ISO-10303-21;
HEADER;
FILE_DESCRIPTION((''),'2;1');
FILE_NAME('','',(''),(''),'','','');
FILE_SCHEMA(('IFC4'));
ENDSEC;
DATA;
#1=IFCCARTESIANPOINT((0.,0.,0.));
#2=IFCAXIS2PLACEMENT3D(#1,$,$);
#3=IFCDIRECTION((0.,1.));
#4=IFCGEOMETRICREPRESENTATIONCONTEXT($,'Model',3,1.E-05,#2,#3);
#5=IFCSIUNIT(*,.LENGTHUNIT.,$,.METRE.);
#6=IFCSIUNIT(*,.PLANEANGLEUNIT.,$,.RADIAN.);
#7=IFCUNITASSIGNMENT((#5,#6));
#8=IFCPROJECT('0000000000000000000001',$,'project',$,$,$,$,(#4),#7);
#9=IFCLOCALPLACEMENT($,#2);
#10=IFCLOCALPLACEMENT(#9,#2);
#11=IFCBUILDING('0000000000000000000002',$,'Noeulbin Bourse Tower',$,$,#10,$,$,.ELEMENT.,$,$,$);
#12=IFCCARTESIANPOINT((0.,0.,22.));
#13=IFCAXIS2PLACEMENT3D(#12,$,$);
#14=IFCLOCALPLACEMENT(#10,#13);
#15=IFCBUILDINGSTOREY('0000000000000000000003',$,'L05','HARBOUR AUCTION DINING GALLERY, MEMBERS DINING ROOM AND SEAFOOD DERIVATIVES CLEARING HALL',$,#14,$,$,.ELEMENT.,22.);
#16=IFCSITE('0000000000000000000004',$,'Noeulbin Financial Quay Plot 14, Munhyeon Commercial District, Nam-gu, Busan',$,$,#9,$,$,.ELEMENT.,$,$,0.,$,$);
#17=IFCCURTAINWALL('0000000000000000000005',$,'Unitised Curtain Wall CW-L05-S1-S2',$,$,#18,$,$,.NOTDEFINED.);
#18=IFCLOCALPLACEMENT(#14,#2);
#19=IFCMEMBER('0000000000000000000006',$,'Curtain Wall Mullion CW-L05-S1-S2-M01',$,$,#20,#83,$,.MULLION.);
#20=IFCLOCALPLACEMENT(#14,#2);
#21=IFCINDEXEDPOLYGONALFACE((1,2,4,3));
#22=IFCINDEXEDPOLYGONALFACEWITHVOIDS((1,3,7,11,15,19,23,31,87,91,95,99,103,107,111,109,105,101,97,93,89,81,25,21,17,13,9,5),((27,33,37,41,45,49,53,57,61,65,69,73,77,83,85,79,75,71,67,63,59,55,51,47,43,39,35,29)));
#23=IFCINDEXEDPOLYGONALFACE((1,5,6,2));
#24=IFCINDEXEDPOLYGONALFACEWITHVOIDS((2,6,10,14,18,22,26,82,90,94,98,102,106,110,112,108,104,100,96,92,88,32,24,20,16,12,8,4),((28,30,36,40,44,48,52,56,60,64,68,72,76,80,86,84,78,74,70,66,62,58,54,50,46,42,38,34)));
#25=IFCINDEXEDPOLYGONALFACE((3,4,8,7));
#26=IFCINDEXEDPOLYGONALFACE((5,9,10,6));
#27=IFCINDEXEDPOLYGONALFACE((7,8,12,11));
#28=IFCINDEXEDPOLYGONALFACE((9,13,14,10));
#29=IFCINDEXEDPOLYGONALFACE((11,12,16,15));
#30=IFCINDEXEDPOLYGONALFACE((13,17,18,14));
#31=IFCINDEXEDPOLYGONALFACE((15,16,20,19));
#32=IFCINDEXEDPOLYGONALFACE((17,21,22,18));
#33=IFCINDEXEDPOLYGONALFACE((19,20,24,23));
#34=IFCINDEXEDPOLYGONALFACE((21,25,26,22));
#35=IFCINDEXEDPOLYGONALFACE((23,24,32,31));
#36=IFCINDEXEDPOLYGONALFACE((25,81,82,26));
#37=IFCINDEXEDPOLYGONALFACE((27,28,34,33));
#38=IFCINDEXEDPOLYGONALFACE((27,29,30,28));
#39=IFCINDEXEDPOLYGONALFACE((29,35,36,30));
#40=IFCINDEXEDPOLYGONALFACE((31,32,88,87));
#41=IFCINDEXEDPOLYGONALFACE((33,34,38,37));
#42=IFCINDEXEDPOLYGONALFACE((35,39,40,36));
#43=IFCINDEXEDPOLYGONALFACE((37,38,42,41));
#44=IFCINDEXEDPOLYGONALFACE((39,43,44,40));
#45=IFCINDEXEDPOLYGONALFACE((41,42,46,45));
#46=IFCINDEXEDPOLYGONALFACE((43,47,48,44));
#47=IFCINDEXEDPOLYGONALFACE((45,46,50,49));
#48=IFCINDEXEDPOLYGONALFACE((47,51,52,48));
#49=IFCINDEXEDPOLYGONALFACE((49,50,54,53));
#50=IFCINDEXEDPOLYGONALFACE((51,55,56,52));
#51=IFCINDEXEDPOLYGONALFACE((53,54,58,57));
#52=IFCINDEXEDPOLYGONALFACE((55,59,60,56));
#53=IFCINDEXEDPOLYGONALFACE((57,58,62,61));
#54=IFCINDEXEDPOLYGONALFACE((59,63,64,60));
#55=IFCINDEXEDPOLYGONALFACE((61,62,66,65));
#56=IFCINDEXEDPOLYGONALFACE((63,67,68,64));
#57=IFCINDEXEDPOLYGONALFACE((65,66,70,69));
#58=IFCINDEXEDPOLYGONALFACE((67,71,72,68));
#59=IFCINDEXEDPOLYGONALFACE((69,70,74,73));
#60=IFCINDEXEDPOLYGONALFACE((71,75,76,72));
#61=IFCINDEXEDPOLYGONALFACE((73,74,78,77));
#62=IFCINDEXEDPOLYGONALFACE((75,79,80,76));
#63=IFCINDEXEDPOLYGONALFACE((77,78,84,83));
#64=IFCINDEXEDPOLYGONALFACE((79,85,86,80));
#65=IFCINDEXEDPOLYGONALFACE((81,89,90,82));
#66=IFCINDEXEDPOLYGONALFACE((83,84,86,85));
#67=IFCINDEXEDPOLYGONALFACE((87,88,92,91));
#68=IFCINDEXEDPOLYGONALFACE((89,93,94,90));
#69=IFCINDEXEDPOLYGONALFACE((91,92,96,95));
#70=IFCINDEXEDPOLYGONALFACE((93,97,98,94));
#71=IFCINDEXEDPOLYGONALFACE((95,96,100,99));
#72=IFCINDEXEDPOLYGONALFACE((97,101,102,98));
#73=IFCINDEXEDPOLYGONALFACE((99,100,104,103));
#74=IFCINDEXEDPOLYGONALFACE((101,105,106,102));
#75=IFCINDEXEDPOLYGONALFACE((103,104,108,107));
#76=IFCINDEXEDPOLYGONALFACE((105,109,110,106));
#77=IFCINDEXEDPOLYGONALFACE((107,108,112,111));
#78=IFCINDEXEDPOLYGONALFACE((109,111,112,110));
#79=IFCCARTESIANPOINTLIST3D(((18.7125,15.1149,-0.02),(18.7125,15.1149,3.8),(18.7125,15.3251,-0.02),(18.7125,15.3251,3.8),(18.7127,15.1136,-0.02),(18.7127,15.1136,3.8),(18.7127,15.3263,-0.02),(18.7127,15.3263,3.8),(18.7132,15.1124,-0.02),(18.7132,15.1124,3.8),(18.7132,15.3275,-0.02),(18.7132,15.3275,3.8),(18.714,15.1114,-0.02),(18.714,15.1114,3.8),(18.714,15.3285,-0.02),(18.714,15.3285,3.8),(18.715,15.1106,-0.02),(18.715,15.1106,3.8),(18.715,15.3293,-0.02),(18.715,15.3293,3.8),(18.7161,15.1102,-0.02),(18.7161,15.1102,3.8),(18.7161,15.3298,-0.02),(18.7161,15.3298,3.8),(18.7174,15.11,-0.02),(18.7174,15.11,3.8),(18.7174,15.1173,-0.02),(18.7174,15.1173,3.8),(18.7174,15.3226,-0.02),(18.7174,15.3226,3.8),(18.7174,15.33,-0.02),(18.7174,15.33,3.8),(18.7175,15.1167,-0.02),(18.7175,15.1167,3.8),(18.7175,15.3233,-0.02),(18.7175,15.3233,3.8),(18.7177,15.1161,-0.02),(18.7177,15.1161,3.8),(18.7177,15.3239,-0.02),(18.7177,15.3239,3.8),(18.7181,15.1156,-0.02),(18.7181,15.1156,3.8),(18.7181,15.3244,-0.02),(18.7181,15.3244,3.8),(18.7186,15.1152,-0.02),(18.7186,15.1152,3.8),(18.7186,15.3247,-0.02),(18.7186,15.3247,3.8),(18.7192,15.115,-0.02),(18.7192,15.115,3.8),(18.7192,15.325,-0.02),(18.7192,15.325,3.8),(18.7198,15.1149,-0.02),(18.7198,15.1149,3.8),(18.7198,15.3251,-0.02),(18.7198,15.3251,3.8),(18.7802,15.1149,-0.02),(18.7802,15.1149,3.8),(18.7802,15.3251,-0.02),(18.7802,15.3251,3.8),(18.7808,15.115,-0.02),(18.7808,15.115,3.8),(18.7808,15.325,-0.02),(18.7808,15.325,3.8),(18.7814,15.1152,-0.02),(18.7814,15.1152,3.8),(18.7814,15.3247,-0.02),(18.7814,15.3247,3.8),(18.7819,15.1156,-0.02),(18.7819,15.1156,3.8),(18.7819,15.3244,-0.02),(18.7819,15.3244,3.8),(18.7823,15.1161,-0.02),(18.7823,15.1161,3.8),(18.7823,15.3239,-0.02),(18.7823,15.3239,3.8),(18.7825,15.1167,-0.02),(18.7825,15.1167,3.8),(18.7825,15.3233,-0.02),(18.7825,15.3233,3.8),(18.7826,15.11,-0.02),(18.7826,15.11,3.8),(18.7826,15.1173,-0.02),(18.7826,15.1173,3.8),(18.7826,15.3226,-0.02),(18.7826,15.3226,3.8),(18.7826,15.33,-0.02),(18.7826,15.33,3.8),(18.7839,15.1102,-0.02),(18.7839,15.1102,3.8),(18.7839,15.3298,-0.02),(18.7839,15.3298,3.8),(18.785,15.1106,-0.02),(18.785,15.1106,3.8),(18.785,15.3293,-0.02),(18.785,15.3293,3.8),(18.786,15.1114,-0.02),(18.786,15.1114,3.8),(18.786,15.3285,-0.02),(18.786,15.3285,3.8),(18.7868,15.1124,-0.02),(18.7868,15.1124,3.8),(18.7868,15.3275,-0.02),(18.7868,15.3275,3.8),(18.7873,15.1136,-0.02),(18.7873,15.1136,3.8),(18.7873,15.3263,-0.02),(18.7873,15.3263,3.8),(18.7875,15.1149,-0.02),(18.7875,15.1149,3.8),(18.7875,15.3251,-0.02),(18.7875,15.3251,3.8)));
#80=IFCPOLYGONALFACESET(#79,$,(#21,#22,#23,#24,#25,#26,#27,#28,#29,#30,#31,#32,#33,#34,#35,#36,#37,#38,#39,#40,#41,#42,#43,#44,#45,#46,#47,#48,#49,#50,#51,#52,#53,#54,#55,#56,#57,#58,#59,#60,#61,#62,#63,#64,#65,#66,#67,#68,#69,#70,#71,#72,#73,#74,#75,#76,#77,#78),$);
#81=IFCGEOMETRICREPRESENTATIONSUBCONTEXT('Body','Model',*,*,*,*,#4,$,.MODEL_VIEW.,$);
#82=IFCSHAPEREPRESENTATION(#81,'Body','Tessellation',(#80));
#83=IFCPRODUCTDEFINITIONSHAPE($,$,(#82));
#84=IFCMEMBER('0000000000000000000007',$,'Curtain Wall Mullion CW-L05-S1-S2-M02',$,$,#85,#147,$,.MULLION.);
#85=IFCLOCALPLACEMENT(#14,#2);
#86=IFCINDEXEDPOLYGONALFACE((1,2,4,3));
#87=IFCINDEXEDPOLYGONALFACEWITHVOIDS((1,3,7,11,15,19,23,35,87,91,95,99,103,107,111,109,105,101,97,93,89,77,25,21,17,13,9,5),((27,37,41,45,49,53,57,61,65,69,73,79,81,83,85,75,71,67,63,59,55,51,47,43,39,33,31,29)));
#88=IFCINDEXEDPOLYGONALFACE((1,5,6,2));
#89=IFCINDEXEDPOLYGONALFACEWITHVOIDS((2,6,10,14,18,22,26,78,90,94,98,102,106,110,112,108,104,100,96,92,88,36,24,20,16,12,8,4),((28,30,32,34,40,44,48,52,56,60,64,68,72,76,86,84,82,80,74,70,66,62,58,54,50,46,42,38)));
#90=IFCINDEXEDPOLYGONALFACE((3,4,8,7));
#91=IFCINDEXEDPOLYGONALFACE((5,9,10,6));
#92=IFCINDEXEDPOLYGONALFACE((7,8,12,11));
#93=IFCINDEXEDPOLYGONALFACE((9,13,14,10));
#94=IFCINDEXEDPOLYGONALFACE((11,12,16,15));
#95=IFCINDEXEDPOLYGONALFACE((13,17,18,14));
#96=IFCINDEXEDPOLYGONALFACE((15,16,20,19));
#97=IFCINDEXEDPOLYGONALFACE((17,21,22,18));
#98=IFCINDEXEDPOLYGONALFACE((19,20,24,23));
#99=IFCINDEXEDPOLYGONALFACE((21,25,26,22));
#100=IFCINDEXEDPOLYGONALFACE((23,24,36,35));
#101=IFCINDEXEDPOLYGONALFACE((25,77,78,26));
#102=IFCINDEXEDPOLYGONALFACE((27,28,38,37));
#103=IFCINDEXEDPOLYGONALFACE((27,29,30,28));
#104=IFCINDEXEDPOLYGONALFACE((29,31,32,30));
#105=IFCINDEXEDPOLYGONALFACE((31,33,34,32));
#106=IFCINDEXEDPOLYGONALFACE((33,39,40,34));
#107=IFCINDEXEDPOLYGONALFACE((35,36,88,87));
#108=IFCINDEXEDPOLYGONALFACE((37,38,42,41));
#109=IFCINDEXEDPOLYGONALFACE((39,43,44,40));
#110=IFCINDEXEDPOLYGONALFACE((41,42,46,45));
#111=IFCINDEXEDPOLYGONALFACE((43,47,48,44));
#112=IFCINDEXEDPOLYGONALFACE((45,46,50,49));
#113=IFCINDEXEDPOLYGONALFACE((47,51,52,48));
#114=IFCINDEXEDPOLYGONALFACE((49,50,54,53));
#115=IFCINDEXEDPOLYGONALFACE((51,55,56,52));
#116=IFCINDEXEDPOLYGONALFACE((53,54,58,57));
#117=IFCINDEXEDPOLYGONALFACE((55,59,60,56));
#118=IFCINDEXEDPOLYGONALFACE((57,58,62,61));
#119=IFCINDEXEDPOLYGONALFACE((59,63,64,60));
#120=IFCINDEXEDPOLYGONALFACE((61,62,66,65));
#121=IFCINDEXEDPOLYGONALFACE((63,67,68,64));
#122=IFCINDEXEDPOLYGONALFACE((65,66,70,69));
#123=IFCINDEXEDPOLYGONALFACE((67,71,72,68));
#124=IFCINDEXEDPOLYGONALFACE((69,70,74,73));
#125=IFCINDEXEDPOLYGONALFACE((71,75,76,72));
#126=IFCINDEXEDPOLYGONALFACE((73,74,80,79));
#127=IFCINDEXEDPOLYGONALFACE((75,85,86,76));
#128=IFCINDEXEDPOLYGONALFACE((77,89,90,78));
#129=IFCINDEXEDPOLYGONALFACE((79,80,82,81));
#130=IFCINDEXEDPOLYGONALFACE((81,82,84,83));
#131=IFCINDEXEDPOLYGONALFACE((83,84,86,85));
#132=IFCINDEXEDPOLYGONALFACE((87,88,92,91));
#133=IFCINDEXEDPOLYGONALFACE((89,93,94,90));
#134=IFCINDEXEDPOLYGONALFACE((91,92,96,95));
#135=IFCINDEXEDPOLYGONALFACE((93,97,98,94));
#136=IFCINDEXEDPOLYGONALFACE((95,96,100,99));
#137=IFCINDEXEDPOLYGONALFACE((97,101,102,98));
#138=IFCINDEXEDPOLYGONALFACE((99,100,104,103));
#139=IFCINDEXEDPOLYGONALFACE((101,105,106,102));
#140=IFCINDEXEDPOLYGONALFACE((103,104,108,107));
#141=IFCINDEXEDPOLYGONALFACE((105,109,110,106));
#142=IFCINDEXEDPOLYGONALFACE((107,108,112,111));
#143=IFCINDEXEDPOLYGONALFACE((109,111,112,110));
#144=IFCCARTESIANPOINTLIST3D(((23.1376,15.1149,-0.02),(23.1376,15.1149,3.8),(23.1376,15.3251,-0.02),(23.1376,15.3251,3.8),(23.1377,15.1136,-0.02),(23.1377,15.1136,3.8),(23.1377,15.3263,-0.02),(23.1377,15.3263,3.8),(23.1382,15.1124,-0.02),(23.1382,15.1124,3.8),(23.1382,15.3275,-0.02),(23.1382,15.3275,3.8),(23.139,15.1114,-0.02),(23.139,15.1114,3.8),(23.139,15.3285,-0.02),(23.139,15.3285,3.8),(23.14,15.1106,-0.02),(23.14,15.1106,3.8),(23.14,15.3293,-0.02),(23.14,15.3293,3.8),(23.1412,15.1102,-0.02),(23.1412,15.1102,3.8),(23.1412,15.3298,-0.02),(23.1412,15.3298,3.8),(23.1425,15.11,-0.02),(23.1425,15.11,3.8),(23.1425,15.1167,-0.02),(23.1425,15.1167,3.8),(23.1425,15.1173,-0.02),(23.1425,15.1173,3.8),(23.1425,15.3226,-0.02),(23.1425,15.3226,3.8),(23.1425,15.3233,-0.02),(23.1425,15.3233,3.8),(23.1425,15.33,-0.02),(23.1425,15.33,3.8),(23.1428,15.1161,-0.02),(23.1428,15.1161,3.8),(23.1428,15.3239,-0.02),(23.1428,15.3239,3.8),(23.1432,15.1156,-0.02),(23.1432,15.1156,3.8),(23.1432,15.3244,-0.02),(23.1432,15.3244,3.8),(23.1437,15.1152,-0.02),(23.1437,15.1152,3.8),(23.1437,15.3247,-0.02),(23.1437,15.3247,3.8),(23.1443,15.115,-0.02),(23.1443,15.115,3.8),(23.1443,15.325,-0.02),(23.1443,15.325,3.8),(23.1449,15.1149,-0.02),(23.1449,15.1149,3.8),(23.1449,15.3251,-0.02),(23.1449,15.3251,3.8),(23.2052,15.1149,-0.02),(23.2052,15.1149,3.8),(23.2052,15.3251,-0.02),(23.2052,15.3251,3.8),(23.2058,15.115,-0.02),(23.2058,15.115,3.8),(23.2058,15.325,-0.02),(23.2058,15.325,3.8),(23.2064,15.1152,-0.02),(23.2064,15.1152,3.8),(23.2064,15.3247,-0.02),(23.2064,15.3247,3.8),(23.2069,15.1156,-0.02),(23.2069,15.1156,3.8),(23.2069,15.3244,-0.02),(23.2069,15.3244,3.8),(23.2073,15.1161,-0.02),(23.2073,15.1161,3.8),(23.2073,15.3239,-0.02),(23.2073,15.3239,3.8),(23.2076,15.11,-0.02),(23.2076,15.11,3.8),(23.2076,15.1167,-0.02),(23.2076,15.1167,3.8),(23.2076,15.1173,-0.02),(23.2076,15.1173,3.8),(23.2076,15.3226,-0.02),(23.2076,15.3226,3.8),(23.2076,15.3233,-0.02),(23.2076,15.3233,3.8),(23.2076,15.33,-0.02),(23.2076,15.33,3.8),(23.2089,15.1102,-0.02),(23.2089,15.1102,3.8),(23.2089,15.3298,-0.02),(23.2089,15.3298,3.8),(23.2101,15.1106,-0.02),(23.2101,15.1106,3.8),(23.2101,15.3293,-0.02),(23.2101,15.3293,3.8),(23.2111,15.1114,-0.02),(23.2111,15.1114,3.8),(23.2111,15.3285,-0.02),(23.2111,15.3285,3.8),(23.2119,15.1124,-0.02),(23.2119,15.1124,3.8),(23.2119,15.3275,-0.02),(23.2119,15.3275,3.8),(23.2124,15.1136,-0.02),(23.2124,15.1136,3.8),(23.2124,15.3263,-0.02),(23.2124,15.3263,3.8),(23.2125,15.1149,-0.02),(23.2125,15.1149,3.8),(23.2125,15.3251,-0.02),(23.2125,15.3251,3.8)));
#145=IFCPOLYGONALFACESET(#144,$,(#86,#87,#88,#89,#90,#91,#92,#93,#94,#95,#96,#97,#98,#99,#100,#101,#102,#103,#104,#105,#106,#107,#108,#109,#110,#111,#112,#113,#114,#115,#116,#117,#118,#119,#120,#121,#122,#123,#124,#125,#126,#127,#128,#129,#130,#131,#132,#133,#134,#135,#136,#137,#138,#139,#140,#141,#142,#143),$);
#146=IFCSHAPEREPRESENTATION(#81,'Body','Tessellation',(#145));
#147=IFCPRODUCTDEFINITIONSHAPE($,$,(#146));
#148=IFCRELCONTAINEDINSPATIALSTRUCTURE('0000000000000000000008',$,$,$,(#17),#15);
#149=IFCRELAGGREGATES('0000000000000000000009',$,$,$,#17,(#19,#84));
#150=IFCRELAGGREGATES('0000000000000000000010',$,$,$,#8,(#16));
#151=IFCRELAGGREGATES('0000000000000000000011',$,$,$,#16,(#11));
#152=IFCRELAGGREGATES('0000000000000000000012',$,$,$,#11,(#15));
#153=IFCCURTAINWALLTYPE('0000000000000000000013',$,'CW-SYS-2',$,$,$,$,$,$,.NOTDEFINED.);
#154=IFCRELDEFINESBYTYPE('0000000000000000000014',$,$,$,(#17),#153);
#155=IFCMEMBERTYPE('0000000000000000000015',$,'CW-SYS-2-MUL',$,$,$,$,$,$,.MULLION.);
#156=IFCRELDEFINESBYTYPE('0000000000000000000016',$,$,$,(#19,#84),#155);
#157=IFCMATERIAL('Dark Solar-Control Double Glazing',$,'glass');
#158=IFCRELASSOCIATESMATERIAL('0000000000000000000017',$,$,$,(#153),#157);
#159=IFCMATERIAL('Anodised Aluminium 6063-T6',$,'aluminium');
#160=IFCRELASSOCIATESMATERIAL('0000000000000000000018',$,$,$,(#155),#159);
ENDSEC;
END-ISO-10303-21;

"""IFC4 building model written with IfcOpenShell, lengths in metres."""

from ifc_helpers import new_model, si_unit, direction, frame, origin, origin_2d, place, context, subcontext, project, spatial, hollow_rectangle, extrude, material, material_profile, profile_set, type_object, element, aggregate, save


model = new_model("IFC4")

# Units and contexts
model_context = context("Model", 3, precision=1e-05, world=origin(), true_north=direction((0.0, 1.0)))
body_context = subcontext(model_context, "Body", "Model", "MODEL_VIEW")
ifc_project = project(units=[si_unit("LENGTHUNIT", "METRE"), si_unit("PLANEANGLEUNIT", "RADIAN")], contexts=[model_context])

# Site, building, storey
site_placement = place(None, origin())
site = spatial("IfcSite", under=ifc_project, at=site_placement, Name="Noeulbin Financial Quay Plot 14, Munhyeon Commercial District, Nam-gu, Busan", CompositionType="ELEMENT", RefElevation=0.0)
building_placement = place(site_placement, origin())
building = spatial("IfcBuilding", under=site, at=building_placement, Name="Noeulbin Bourse Tower", CompositionType="ELEMENT")
storey_placement = place(building_placement, frame((0.0, 0.0, 22.0)))
storey = spatial("IfcBuildingStorey", under=building, at=storey_placement, Name="L05", Description="HARBOUR AUCTION DINING GALLERY, MEMBERS DINING ROOM AND SEAFOOD DERIVATIVES CLEARING HALL", CompositionType="ELEMENT", Elevation=22.0)

# Curtain wall, members
ifc_material_1 = material(Name="Dark Solar-Control Double Glazing", Category="glass")
curtain_wall_type = type_object("IfcCurtainWallType", Name="CW-SYS-2", PredefinedType="NOTDEFINED", material=ifc_material_1)
curtain_wall_1_placement = place(storey_placement, origin())
curtain_wall_1 = element("IfcCurtainWall", 1, at=curtain_wall_1_placement, inside=storey, type_object=curtain_wall_type, Name="Unitised Curtain Wall CW-L05-S1-S2", PredefinedType="NOTDEFINED")
ifc_material_2 = material(Name="Anodised Aluminium 6063-T6", Category="aluminium")
ifc_material_profile_1 = material_profile(ifc_material_2, hollow_rectangle(XDim=0.075, YDim=0.22, WallThickness=0.0049, InnerFilletRadius=0.0024, OuterFilletRadius=0.0049, at=origin_2d()), Name="ALU-MULL-75x220x5", Category="LoadBearing")
ifc_profile_set_1 = profile_set([ifc_material_profile_1], Name="Anodised Aluminium 6063-T6")
member_type_1 = type_object("IfcMemberType", Name="CW-SYS-2-MUL", PredefinedType="MULLION", material=ifc_profile_set_1)
member_1_placement = place(storey_placement, frame((18.75, 15.22, -0.02), z_axis=(0.0, 0.0, 1.0), x_axis=(1.0, 0.0, 0.0)))
member_1 = element("IfcMember", 2, at=member_1_placement, type_object=member_type_1, Name="Curtain Wall Mullion CW-L05-S1-S2-M01", PredefinedType="MULLION", context=body_context, shape_type="SweptSolid", body=[
    extrude(hollow_rectangle(XDim=0.075, YDim=0.22, WallThickness=0.0049, InnerFilletRadius=0.0024, OuterFilletRadius=0.0049, at=origin_2d()), origin(), (0.0, 0.0, 1.0), 3.8201),
])
member_2_placement = place(storey_placement, frame((23.175, 15.22, -0.02), z_axis=(0.0, 0.0, 1.0), x_axis=(1.0, 0.0, 0.0)))
member_2 = element("IfcMember", 3, at=member_2_placement, type_object=member_type_1, Name="Curtain Wall Mullion CW-L05-S1-S2-M02", PredefinedType="MULLION", context=body_context, shape_type="SweptSolid", body=[
    extrude(hollow_rectangle(XDim=0.075, YDim=0.22, WallThickness=0.0049, InnerFilletRadius=0.0024, OuterFilletRadius=0.0049, at=origin_2d()), origin(), (0.0, 0.0, 1.0), 3.8201),
])

aggregate(curtain_wall_1, [member_1, member_2])

save(model, "model.ifc")
